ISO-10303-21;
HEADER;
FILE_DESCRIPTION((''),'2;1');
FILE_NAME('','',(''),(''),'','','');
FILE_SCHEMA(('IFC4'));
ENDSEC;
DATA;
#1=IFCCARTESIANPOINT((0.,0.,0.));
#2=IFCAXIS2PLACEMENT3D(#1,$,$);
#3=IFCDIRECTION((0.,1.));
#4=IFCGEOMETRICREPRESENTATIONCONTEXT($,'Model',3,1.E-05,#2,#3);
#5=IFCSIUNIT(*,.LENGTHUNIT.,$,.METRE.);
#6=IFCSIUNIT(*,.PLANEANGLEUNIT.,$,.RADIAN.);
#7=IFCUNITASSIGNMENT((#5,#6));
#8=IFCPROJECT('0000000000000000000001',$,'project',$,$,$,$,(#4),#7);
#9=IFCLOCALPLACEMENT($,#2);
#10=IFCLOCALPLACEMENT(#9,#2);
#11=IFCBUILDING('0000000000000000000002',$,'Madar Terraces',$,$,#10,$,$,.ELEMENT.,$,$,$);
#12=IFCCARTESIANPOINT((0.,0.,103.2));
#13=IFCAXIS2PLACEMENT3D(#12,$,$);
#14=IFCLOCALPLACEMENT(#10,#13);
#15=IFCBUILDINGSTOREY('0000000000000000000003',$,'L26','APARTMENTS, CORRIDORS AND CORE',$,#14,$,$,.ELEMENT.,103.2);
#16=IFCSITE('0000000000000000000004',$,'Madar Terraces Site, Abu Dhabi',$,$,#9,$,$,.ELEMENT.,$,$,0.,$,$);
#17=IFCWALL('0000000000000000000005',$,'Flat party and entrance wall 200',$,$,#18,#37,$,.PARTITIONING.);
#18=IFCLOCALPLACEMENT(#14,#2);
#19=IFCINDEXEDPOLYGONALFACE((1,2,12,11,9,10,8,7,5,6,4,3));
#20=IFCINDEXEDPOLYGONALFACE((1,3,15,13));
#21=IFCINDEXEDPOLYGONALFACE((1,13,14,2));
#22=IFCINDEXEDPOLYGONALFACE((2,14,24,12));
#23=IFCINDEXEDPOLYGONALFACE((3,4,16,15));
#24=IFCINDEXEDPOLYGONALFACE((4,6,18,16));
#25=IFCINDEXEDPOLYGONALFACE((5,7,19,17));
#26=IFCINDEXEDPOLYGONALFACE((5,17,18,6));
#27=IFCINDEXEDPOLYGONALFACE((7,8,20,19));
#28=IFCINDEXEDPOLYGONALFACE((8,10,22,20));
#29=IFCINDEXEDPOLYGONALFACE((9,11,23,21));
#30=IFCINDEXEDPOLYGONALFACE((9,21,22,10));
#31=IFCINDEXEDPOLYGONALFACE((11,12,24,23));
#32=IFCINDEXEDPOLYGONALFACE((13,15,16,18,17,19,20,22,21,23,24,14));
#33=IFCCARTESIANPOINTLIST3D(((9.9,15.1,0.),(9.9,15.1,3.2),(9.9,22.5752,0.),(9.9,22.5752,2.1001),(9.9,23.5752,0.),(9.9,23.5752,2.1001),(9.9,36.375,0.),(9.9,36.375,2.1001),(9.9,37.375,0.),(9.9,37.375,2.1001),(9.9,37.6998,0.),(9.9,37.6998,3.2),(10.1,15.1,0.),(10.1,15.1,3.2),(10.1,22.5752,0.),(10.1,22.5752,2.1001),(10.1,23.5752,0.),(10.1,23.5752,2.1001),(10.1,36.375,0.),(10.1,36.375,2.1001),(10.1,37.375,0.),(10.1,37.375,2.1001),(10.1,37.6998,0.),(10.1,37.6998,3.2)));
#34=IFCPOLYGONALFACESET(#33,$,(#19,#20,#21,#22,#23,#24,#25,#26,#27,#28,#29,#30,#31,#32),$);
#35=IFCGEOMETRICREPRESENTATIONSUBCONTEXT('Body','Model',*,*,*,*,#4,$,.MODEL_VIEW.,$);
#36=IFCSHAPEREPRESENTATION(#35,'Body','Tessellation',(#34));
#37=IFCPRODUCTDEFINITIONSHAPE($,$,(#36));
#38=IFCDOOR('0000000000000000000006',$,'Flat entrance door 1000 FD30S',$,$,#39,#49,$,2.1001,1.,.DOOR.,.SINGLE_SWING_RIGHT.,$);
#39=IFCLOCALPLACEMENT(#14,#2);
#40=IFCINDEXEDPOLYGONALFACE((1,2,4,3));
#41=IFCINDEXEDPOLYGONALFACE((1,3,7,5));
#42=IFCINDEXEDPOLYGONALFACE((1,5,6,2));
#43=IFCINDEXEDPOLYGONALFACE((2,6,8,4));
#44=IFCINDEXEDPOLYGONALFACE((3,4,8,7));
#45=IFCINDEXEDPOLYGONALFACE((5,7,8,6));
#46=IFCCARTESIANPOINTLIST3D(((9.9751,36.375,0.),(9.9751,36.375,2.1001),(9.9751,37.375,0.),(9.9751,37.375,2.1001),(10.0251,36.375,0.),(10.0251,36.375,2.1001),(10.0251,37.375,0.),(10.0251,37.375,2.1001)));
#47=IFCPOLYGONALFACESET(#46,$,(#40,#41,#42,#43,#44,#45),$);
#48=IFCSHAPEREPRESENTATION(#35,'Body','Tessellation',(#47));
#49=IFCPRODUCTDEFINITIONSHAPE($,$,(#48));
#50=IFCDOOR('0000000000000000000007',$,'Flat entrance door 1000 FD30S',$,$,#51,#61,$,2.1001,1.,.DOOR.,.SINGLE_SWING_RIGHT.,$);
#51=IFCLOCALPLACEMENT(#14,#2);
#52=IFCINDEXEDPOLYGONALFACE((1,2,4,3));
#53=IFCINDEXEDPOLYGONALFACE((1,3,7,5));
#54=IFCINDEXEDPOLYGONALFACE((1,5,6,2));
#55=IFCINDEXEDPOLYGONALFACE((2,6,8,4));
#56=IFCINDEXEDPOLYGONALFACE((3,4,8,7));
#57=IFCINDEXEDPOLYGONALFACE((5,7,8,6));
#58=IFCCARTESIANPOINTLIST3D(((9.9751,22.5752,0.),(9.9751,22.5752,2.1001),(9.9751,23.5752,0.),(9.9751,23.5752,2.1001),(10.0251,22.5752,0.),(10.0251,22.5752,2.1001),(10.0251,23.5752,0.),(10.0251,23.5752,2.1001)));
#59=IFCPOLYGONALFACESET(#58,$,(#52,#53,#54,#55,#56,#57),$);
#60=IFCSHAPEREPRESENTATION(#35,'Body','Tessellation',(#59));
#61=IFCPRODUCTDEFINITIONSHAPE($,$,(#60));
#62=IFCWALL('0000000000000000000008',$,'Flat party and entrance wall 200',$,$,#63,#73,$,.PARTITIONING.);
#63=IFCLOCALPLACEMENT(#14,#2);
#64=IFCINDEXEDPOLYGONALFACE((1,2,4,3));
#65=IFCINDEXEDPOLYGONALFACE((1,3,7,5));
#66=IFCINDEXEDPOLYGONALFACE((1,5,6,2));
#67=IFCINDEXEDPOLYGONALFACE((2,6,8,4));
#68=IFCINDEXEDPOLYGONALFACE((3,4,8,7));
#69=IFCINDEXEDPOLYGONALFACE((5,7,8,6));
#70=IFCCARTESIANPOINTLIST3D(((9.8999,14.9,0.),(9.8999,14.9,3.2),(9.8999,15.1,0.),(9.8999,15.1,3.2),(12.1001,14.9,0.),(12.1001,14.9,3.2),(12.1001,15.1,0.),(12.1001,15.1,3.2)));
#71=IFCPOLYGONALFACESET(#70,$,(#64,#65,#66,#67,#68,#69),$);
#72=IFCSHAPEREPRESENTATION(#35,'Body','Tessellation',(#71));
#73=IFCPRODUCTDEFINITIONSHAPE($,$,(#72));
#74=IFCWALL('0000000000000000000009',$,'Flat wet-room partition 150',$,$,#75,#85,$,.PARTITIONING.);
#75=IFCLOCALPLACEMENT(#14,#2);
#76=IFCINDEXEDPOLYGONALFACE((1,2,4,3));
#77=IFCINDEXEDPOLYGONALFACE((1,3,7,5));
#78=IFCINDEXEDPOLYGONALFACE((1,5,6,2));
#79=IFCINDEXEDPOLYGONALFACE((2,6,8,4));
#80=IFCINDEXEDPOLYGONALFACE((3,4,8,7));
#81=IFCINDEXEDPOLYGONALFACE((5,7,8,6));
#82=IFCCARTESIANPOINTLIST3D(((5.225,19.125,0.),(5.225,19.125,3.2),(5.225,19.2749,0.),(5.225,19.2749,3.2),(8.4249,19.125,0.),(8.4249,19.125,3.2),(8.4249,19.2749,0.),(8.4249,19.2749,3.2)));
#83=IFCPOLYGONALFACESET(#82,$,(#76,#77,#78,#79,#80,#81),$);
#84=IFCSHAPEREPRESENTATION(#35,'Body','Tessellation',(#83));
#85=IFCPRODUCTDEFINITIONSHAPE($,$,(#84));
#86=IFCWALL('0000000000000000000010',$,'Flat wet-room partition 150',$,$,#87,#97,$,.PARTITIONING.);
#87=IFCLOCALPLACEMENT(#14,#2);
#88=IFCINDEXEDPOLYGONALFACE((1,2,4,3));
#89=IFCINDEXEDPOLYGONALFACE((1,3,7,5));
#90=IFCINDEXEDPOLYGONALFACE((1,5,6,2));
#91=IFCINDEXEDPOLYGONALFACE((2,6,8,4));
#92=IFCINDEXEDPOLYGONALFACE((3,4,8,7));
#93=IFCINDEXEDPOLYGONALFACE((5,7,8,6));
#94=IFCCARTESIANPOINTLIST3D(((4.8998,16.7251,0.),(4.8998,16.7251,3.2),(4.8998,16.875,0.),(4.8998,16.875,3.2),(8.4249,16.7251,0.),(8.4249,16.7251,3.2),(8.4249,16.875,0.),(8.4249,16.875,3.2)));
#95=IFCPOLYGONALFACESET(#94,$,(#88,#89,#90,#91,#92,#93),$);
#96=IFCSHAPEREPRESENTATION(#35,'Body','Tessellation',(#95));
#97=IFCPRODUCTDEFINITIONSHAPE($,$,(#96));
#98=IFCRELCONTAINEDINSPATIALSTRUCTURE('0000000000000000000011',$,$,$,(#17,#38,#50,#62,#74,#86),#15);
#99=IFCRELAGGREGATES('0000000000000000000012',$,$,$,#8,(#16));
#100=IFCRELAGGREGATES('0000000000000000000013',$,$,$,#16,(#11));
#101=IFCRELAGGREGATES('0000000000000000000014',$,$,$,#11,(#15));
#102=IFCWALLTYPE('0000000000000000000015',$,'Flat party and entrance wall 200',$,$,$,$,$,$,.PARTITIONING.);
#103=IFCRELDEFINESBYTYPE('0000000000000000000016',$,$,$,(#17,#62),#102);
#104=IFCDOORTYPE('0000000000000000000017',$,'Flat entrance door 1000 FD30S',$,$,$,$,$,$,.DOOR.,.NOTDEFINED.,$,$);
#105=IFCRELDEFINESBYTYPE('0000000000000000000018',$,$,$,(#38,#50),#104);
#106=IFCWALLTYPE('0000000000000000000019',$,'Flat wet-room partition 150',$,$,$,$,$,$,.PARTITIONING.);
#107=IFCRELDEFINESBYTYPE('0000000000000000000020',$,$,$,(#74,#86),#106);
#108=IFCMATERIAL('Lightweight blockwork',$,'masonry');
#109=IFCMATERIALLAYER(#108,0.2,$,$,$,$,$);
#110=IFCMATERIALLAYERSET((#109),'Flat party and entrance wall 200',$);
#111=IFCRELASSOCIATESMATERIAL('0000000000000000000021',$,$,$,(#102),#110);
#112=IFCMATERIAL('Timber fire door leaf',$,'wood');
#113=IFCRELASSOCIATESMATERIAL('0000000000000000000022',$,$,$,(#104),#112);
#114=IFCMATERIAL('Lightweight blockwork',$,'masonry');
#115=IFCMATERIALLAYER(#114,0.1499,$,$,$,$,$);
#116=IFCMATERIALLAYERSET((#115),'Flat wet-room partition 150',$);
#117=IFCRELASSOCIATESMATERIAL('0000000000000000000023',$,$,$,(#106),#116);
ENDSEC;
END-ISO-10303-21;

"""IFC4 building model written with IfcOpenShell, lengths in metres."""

from ifc_helpers import new_model, si_unit, direction, frame, frame_2d, origin, place, context, subcontext, project, spatial, rectangle, extrude, material, layer, layer_set, type_object, element, fill, save


model = new_model("IFC4")

# Units and contexts
model_context = context("Model", 3, precision=1e-05, world=origin(), true_north=direction((0.0, 1.0)))
body_context = subcontext(model_context, "Body", "Model", "MODEL_VIEW")
ifc_project = project(units=[si_unit("LENGTHUNIT", "METRE"), si_unit("PLANEANGLEUNIT", "RADIAN")], contexts=[model_context])

# Site, building, storey
site_placement = place(None, origin())
site = spatial("IfcSite", under=ifc_project, at=site_placement, Name="Madar Terraces Site, Abu Dhabi", CompositionType="ELEMENT", RefElevation=0.0)
building_placement = place(site_placement, origin())
building = spatial("IfcBuilding", under=site, at=building_placement, Name="Madar Terraces", CompositionType="ELEMENT")
storey_placement = place(building_placement, frame((0.0, 0.0, 103.2)))
storey = spatial("IfcBuildingStorey", under=building, at=storey_placement, Name="L26", Description="APARTMENTS, CORRIDORS AND CORE", CompositionType="ELEMENT", Elevation=103.2)

# Wall, openings, doors
ifc_material_1 = material(Name="Lightweight blockwork", Category="masonry")
ifc_layer_1 = layer(ifc_material_1, 0.2)
ifc_layer_set_1 = layer_set([ifc_layer_1], Name="Flat party and entrance wall 200")
wall_type_1 = type_object("IfcWallType", Name="Flat party and entrance wall 200", PredefinedType="PARTITIONING", material=ifc_layer_set_1)
wall_1_placement = place(storey_placement, frame((10.0, 15.1001, 0.0), z_axis=(0.0, 0.0, 1.0), x_axis=(0.0, 1.0, 0.0)))
wall_1 = element("IfcWall", 1, at=wall_1_placement, inside=storey, type_object=wall_type_1, Name="Flat party and entrance wall 200", PredefinedType="PARTITIONING", context=body_context, shape_type="SweptSolid", body=[
    extrude(rectangle(XDim=22.5999, YDim=0.2, at=frame_2d((11.2998, 0.0))), origin(), (0.0, 0.0, 1.0), 3.2),
])
opening_1_placement = place(wall_1_placement, frame((21.2749, 0.0, 0.0)))
opening_1 = element("IfcOpeningElement", 2, at=opening_1_placement, cuts=wall_1, PredefinedType="OPENING", context=body_context, shape_type="SweptSolid", body=[
    extrude(rectangle(XDim=1.0, YDim=2.1001, at=frame_2d((0.5, 1.05))), frame((0.0, 0.1099, 0.0), z_axis=(0.0, -1.0, 0.0), x_axis=(1.0, 0.0, 0.0)), (0.0, 0.0, 1.0), 0.22),
])
opening_2_placement = place(wall_1_placement, frame((7.4751, 0.0, 0.0)))
opening_2 = element("IfcOpeningElement", 3, at=opening_2_placement, cuts=wall_1, PredefinedType="OPENING", context=body_context, shape_type="SweptSolid", body=[
    extrude(rectangle(XDim=1.0, YDim=2.1001, at=frame_2d((0.5, 1.05))), frame((0.0, 0.1099, 0.0), z_axis=(0.0, -1.0, 0.0), x_axis=(1.0, 0.0, 0.0)), (0.0, 0.0, 1.0), 0.22),
])
ifc_material_2 = material(Name="Timber fire door leaf", Category="wood")
door_type_1 = type_object("IfcDoorType", Name="Flat entrance door 1000 FD30S", OperationType="NOTDEFINED", PredefinedType="DOOR", material=ifc_material_2)
door_1_placement = place(opening_1_placement, origin())
door_1 = element("IfcDoor", 4, at=door_1_placement, inside=storey, type_object=door_type_1, Name="Flat entrance door 1000 FD30S", OperationType="SINGLE_SWING_RIGHT", OverallHeight=2.1001, OverallWidth=1.0, PredefinedType="DOOR", context=body_context, shape_type="SweptSolid", body=[
    extrude(rectangle(XDim=1.0, YDim=2.1001, at=frame_2d((0.5, 1.05))), frame((0.0, 0.0249, 0.0), z_axis=(0.0, -1.0, 0.0), x_axis=(1.0, 0.0, 0.0)), (0.0, 0.0, 1.0), 0.05),
])
fill(opening_1, door_1)
door_2_placement = place(opening_2_placement, origin())
door_2 = element("IfcDoor", 5, at=door_2_placement, inside=storey, type_object=door_type_1, Name="Flat entrance door 1000 FD30S", OperationType="SINGLE_SWING_RIGHT", OverallHeight=2.1001, OverallWidth=1.0, PredefinedType="DOOR", context=body_context, shape_type="SweptSolid", body=[
    extrude(rectangle(XDim=1.0, YDim=2.1001, at=frame_2d((0.5, 1.05))), frame((0.0, 0.0249, 0.0), z_axis=(0.0, -1.0, 0.0), x_axis=(1.0, 0.0, 0.0)), (0.0, 0.0, 1.0), 0.05),
])
fill(opening_2, door_2)

# Walls
wall_2_placement = place(storey_placement, frame((9.8999, 15.0, 0.0), z_axis=(0.0, 0.0, 1.0), x_axis=(1.0, 0.0, 0.0)))
element("IfcWall", 6, at=wall_2_placement, inside=storey, type_object=wall_type_1, Name="Flat party and entrance wall 200", PredefinedType="PARTITIONING", context=body_context, shape_type="SweptSolid", body=[
    extrude(rectangle(XDim=2.2002, YDim=0.2, at=frame_2d((1.1001, 0.0))), origin(), (0.0, 0.0, 1.0), 3.2),
])
ifc_material_3 = material(Name="Lightweight blockwork", Category="masonry")
ifc_layer_2 = layer(ifc_material_3, 0.1499)
ifc_layer_set_2 = layer_set([ifc_layer_2], Name="Flat wet-room partition 150")
wall_type_2 = type_object("IfcWallType", Name="Flat wet-room partition 150", PredefinedType="PARTITIONING", material=ifc_layer_set_2)
wall_3_placement = place(storey_placement, frame((8.425, 19.2, 0.0), z_axis=(0.0, 0.0, 1.0), x_axis=(-1.0, 0.0, 0.0)))
element("IfcWall", 7, at=wall_3_placement, inside=storey, type_object=wall_type_2, Name="Flat wet-room partition 150", PredefinedType="PARTITIONING", context=body_context, shape_type="SweptSolid", body=[
    extrude(rectangle(XDim=3.2, YDim=0.1499, at=frame_2d((1.6001, 0.0))), origin(), (0.0, 0.0, 1.0), 3.2),
])
wall_4_placement = place(storey_placement, frame((8.425, 16.8, 0.0), z_axis=(0.0, 0.0, 1.0), x_axis=(-1.0, 0.0, 0.0)))
element("IfcWall", 8, at=wall_4_placement, inside=storey, type_object=wall_type_2, Name="Flat wet-room partition 150", PredefinedType="PARTITIONING", context=body_context, shape_type="SweptSolid", body=[
    extrude(rectangle(XDim=3.5251, YDim=0.1499, at=frame_2d((1.7627, 0.0))), origin(), (0.0, 0.0, 1.0), 3.2),
])

save(model, "model.ifc")
